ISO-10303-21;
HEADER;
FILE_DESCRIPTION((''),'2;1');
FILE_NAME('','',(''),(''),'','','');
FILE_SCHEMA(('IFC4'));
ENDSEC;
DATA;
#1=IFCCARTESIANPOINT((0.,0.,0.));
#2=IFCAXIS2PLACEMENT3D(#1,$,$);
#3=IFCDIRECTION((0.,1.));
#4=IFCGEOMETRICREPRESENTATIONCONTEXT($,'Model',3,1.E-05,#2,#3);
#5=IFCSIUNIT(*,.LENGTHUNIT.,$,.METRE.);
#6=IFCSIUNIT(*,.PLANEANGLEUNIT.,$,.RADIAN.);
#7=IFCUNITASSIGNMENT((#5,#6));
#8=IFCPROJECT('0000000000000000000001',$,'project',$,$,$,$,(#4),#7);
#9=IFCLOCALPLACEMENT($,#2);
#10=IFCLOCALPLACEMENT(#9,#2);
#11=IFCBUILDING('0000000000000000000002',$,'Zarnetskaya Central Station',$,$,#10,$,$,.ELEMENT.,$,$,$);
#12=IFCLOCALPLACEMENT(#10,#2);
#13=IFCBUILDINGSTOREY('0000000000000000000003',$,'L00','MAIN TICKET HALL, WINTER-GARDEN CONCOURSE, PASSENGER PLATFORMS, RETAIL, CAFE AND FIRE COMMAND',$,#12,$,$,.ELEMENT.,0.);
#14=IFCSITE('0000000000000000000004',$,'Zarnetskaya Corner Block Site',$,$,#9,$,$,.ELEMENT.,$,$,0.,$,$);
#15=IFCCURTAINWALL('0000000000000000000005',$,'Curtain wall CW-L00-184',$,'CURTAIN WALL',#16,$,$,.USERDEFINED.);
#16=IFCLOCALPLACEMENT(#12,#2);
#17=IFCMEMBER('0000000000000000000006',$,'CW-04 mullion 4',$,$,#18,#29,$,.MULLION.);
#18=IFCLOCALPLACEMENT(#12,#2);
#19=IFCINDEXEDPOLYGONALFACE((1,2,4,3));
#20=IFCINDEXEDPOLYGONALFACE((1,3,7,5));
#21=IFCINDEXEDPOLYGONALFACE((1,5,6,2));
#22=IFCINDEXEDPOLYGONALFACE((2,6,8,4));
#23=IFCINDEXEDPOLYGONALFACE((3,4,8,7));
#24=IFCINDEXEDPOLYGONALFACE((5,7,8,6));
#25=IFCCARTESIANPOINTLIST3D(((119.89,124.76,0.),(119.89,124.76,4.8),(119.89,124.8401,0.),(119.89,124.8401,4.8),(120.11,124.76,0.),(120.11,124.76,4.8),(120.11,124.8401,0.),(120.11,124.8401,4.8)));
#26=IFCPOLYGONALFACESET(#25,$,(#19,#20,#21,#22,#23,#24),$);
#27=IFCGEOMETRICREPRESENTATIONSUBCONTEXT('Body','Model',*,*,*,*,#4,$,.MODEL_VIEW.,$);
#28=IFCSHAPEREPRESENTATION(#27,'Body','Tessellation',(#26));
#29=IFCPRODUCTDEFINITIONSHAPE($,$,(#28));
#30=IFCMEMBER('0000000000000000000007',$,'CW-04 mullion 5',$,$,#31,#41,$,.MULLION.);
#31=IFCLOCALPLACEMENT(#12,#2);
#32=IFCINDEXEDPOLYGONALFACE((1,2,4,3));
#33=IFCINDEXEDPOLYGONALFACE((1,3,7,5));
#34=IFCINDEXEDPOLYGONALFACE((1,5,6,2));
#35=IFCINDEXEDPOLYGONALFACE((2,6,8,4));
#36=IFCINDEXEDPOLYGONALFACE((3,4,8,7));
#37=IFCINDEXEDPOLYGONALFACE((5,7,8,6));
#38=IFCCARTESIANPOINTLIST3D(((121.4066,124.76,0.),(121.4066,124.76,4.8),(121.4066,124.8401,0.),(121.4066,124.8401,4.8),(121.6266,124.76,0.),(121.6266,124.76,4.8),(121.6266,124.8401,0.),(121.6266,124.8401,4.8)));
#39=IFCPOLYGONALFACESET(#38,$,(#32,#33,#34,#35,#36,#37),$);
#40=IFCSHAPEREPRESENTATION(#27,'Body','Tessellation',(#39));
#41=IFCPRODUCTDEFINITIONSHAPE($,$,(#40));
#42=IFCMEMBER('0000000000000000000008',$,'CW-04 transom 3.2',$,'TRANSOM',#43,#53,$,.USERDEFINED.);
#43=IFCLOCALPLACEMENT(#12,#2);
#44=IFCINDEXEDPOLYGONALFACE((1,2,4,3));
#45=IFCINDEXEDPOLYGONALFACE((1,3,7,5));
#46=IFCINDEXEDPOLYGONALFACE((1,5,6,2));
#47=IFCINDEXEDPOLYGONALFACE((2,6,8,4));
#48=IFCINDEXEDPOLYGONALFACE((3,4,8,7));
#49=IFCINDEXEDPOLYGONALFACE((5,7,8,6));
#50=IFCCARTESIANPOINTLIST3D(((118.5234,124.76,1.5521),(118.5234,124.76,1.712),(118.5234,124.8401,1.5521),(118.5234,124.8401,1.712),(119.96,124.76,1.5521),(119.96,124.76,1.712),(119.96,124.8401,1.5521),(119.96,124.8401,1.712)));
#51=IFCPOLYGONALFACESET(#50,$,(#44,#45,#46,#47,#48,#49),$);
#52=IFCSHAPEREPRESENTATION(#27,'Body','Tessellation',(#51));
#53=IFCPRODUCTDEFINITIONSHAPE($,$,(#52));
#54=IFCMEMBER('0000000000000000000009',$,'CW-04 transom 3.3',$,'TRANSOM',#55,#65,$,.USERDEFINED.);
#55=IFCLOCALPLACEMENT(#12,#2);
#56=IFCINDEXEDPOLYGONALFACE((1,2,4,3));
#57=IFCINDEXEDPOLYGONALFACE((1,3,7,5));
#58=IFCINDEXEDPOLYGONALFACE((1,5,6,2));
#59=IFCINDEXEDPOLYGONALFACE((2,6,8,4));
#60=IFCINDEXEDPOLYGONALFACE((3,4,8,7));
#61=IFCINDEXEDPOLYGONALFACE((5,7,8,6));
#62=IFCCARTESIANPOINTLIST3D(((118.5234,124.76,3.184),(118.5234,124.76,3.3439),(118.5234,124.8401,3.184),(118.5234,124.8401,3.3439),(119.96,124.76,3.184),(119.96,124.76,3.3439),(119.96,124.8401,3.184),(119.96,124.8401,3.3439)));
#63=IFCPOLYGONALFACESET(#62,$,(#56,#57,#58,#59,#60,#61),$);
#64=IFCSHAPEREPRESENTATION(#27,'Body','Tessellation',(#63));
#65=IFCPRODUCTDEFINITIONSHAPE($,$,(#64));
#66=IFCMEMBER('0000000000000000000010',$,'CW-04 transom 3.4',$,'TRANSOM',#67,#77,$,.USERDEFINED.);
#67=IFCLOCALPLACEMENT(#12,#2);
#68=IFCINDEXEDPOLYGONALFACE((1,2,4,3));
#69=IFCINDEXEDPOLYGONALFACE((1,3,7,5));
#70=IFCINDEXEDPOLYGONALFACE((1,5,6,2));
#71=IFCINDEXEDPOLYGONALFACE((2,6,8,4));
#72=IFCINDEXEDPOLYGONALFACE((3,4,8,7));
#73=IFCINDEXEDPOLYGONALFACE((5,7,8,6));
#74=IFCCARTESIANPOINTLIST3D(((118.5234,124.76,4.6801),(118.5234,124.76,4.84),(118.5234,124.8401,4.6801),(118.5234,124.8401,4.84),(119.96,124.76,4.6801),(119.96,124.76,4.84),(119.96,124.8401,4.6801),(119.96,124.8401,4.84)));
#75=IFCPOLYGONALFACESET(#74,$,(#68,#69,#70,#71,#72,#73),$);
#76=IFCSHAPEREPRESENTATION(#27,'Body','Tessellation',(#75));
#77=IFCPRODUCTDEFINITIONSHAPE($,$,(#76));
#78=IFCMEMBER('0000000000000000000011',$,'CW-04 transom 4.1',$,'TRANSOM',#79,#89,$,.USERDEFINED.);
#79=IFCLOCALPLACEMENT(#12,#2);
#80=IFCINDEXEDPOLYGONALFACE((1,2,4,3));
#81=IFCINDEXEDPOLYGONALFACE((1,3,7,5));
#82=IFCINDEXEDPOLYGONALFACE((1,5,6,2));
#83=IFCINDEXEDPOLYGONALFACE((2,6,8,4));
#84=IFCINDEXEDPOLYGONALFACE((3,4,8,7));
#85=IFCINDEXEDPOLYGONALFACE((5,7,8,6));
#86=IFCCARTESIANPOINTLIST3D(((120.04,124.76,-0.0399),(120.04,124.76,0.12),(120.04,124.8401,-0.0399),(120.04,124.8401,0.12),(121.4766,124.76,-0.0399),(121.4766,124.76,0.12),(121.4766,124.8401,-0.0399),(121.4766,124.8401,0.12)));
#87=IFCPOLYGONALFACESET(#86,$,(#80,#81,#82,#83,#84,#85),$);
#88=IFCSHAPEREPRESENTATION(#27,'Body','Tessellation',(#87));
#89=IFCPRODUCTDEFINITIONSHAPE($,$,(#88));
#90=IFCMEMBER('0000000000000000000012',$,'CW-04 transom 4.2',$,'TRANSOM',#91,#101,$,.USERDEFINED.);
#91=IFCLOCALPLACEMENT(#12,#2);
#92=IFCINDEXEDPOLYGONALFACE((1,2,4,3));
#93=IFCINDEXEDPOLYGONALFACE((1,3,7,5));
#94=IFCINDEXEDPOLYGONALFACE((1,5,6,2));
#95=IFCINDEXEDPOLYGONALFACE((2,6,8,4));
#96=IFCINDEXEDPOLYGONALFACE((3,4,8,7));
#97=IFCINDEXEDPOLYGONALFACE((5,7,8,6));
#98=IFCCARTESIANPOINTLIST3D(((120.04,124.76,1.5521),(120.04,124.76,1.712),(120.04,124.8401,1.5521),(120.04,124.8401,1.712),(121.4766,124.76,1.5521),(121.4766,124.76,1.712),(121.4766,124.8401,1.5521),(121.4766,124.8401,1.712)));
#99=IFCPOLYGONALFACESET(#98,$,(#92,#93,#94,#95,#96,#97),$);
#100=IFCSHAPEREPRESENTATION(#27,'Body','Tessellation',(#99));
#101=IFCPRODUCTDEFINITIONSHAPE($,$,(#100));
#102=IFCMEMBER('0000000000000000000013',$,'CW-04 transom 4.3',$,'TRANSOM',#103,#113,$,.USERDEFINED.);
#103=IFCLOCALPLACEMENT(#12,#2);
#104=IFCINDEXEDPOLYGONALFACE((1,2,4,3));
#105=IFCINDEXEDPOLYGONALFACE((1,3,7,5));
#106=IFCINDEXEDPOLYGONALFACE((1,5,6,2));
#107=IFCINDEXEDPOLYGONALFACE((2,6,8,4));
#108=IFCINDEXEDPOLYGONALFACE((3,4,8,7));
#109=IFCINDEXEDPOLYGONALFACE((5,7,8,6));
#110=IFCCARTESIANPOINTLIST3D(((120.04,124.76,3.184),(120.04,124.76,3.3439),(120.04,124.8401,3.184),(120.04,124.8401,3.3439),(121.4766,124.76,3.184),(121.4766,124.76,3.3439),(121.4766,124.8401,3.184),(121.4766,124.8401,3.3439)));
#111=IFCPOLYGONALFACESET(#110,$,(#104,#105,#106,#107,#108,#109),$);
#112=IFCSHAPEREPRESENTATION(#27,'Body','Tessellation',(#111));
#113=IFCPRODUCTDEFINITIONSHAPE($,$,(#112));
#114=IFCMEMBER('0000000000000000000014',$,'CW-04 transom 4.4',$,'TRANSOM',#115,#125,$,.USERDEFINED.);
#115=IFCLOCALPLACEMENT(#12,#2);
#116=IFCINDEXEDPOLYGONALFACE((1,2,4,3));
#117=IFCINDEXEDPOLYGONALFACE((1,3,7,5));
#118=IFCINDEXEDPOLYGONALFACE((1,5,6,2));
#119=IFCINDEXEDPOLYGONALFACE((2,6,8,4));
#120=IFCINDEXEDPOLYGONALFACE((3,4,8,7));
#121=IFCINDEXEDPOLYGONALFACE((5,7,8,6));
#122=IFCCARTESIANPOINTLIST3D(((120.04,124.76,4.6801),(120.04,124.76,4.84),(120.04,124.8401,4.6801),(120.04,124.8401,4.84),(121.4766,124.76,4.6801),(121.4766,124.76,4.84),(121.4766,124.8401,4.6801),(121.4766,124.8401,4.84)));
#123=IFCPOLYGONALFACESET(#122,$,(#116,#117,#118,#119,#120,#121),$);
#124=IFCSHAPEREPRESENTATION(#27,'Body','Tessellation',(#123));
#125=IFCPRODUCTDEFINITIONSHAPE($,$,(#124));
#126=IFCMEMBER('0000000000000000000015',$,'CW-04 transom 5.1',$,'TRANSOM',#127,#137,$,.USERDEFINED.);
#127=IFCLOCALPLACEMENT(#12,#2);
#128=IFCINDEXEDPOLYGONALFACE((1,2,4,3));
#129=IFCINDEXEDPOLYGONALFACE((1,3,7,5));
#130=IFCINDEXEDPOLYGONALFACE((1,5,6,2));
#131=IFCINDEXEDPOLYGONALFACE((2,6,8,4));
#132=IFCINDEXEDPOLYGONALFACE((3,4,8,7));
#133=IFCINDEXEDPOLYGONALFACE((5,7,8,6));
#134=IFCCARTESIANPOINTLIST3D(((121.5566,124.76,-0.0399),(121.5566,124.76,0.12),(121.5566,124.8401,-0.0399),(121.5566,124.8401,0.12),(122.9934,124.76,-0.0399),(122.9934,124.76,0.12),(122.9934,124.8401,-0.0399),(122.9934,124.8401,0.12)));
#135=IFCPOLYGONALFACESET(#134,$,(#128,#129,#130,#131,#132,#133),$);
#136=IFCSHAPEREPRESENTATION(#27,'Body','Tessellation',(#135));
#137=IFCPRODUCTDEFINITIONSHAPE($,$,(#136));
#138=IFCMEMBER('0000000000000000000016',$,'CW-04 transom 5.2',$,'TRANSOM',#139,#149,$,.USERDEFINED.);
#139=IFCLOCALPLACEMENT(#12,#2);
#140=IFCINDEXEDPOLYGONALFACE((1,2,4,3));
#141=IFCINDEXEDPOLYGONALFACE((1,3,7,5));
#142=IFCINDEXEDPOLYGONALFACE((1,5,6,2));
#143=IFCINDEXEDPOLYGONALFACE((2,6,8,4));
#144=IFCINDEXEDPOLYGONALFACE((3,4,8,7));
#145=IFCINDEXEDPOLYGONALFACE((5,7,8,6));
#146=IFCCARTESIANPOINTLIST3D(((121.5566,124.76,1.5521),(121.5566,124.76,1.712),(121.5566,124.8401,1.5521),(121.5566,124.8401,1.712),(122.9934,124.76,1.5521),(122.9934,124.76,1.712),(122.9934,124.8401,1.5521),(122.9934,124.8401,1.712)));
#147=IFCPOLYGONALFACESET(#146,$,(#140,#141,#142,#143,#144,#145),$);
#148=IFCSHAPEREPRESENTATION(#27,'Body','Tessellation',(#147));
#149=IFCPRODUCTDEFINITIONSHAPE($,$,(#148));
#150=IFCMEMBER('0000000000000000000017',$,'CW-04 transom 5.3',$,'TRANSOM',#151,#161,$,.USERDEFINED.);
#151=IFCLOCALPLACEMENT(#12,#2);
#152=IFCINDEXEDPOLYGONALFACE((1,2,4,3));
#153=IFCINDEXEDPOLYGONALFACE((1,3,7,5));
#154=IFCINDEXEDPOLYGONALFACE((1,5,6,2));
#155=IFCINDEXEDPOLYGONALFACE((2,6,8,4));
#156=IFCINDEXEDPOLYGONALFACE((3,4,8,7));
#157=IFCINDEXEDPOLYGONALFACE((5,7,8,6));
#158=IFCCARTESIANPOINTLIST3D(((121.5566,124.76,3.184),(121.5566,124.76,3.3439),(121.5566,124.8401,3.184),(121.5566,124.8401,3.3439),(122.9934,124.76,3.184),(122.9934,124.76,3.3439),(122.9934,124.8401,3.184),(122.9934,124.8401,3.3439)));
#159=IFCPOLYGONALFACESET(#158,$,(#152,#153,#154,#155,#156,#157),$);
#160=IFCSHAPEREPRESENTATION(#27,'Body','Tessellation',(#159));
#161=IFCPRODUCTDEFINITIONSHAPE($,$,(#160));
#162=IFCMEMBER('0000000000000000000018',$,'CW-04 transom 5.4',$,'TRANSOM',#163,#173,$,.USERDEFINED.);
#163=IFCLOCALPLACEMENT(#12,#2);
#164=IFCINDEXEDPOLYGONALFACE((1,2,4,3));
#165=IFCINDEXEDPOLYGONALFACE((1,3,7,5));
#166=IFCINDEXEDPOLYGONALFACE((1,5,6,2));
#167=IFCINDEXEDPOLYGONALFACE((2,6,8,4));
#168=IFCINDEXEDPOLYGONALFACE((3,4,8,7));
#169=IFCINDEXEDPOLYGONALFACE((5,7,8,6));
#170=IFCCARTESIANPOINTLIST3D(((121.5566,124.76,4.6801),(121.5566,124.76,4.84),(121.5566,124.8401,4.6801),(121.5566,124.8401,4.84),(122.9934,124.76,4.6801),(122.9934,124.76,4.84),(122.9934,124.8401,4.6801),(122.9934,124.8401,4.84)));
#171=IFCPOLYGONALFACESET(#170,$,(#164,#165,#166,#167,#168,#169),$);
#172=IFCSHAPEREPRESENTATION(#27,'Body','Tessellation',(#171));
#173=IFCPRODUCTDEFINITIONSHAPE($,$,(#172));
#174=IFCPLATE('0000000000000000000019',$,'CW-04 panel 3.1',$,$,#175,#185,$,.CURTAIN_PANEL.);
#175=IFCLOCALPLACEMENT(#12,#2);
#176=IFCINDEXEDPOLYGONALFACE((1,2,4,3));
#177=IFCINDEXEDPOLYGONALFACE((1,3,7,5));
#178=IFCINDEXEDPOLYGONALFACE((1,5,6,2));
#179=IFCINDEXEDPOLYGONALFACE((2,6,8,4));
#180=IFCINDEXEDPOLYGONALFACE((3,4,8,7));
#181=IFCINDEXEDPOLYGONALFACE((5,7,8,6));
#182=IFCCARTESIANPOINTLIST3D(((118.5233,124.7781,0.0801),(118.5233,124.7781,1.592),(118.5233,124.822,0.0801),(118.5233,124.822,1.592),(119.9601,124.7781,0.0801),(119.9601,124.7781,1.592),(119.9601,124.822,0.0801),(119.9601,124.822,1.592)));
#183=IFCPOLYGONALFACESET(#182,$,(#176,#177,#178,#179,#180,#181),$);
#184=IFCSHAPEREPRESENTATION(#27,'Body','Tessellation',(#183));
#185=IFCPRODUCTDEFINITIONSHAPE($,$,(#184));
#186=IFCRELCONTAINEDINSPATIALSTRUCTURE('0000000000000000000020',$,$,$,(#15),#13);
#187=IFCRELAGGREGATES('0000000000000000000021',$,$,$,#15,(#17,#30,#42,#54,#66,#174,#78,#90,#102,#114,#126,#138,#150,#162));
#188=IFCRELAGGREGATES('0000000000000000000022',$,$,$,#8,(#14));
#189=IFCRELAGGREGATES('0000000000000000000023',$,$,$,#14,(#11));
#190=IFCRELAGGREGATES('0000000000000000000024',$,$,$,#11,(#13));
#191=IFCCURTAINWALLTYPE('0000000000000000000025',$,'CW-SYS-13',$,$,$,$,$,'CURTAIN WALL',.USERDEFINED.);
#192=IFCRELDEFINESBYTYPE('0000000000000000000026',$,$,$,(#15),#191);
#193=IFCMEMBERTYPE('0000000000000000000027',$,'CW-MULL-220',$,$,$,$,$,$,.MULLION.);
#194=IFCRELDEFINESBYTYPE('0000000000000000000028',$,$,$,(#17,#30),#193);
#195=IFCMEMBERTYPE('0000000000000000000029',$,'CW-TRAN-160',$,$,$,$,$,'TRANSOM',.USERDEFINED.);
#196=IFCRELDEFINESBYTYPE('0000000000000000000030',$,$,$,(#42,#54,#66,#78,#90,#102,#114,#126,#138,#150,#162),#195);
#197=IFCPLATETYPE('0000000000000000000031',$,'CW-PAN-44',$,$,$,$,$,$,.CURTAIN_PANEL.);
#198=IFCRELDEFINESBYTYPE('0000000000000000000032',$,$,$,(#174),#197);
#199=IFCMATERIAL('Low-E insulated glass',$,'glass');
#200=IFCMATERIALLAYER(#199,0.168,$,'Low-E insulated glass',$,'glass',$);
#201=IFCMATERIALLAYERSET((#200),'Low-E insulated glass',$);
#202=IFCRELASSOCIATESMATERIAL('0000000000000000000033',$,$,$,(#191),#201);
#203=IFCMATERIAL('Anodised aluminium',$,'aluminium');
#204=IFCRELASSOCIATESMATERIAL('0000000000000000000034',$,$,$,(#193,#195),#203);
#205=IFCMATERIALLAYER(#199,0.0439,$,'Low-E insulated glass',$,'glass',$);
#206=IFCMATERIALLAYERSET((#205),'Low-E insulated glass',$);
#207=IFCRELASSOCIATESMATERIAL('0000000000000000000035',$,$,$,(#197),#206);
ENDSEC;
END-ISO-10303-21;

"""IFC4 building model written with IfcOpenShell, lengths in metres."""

from ifc_helpers import new_model, si_unit, direction, frame, origin, origin_2d, place, context, subcontext, project, spatial, rectangle, extrude, material, layer, layer_set, material_profile, profile_set, type_object, element, aggregate, save


model = new_model("IFC4")

# Units and contexts
model_context = context("Model", 3, precision=1e-05, world=origin(), true_north=direction((0.0, 1.0)))
body_context = subcontext(model_context, "Body", "Model", "MODEL_VIEW")
ifc_project = project(units=[si_unit("LENGTHUNIT", "METRE"), si_unit("PLANEANGLEUNIT", "RADIAN")], contexts=[model_context])

# Site, building, storey
site_placement = place(None, origin())
site = spatial("IfcSite", under=ifc_project, at=site_placement, Name="Zarnetskaya Corner Block Site", CompositionType="ELEMENT", RefElevation=0.0)
building_placement = place(site_placement, origin())
building = spatial("IfcBuilding", under=site, at=building_placement, Name="Zarnetskaya Central Station", CompositionType="ELEMENT")
storey_placement = place(building_placement, origin())
storey = spatial("IfcBuildingStorey", under=building, at=storey_placement, Name="L00", Description="MAIN TICKET HALL, WINTER-GARDEN CONCOURSE, PASSENGER PLATFORMS, RETAIL, CAFE AND FIRE COMMAND", CompositionType="ELEMENT", Elevation=0.0)

# Curtain wall, members, plate
ifc_material_1 = material(Name="Low-E insulated glass", Category="glass")
ifc_layer_1 = layer(ifc_material_1, 0.168, Name="Low-E insulated glass", Category="glass")
ifc_layer_set_1 = layer_set([ifc_layer_1], Name="Low-E insulated glass")
curtain_wall_type = type_object("IfcCurtainWallType", Name="CW-SYS-13", ElementType="CURTAIN WALL", PredefinedType="USERDEFINED", material=ifc_layer_set_1)
curtain_wall_placement = place(storey_placement, origin())
curtain_wall = element("IfcCurtainWall", 1, at=curtain_wall_placement, inside=storey, type_object=curtain_wall_type, Name="Curtain wall CW-L00-184", ObjectType="CURTAIN WALL", PredefinedType="USERDEFINED")
ifc_material_2 = material(Name="Anodised aluminium", Category="aluminium")
ifc_material_profile_1 = material_profile(ifc_material_2, rectangle(XDim=0.0801, YDim=0.22, at=origin_2d()), Name="ALU MULL 80x220")
ifc_profile_set_1 = profile_set([ifc_material_profile_1], Name="Anodised aluminium")
member_type_1 = type_object("IfcMemberType", Name="CW-MULL-220", PredefinedType="MULLION", material=ifc_profile_set_1)
member_1_placement = place(storey_placement, frame((120.0, 124.8, 0.0), z_axis=(0.0, 0.0, 1.0), x_axis=(0.0, 1.0, 0.0)))
member_1 = element("IfcMember", 2, at=member_1_placement, type_object=member_type_1, Name="CW-04 mullion 4", PredefinedType="MULLION", context=body_context, shape_type="SweptSolid", body=[
    extrude(rectangle(XDim=0.0801, YDim=0.22, at=origin_2d()), origin(), (0.0, 0.0, 1.0), 4.8),
])
member_2_placement = place(storey_placement, frame((121.5166, 124.8, 0.0), z_axis=(0.0, 0.0, 1.0), x_axis=(0.0, 1.0, 0.0)))
member_2 = element("IfcMember", 3, at=member_2_placement, type_object=member_type_1, Name="CW-04 mullion 5", PredefinedType="MULLION", context=body_context, shape_type="SweptSolid", body=[
    extrude(rectangle(XDim=0.0801, YDim=0.22, at=origin_2d()), origin(), (0.0, 0.0, 1.0), 4.8),
])
ifc_material_profile_2 = material_profile(ifc_material_2, rectangle(XDim=0.0801, YDim=0.1599, at=origin_2d()), Name="ALU TRAN 80x160")
ifc_profile_set_2 = profile_set([ifc_material_profile_2], Name="Anodised aluminium")
member_type_2 = type_object("IfcMemberType", Name="CW-TRAN-160", ElementType="TRANSOM", PredefinedType="USERDEFINED", material=ifc_profile_set_2)
member_3_placement = place(storey_placement, frame((118.5234, 124.8, 1.6321), z_axis=(1.0, 0.0, 0.0), x_axis=(0.0, 1.0, 0.0)))
member_3 = element("IfcMember", 4, at=member_3_placement, type_object=member_type_2, Name="CW-04 transom 3.2", ObjectType="TRANSOM", PredefinedType="USERDEFINED", context=body_context, shape_type="SweptSolid", body=[
    extrude(rectangle(XDim=0.0801, YDim=0.1599, at=origin_2d()), origin(), (0.0, 0.0, 1.0), 1.4365),
])
member_4_placement = place(storey_placement, frame((118.5234, 124.8, 3.2639), z_axis=(1.0, 0.0, 0.0), x_axis=(0.0, 1.0, 0.0)))
member_4 = element("IfcMember", 5, at=member_4_placement, type_object=member_type_2, Name="CW-04 transom 3.3", ObjectType="TRANSOM", PredefinedType="USERDEFINED", context=body_context, shape_type="SweptSolid", body=[
    extrude(rectangle(XDim=0.0801, YDim=0.1599, at=origin_2d()), origin(), (0.0, 0.0, 1.0), 1.4365),
])
member_5_placement = place(storey_placement, frame((118.5234, 124.8, 4.76), z_axis=(1.0, 0.0, 0.0), x_axis=(0.0, 1.0, 0.0)))
member_5 = element("IfcMember", 6, at=member_5_placement, type_object=member_type_2, Name="CW-04 transom 3.4", ObjectType="TRANSOM", PredefinedType="USERDEFINED", context=body_context, shape_type="SweptSolid", body=[
    extrude(rectangle(XDim=0.0801, YDim=0.1599, at=origin_2d()), origin(), (0.0, 0.0, 1.0), 1.4365),
])
member_6_placement = place(storey_placement, frame((120.04, 124.8, 0.04), z_axis=(1.0, 0.0, 0.0), x_axis=(0.0, 1.0, 0.0)))
member_6 = element("IfcMember", 7, at=member_6_placement, type_object=member_type_2, Name="CW-04 transom 4.1", ObjectType="TRANSOM", PredefinedType="USERDEFINED", context=body_context, shape_type="SweptSolid", body=[
    extrude(rectangle(XDim=0.0801, YDim=0.1599, at=origin_2d()), origin(), (0.0, 0.0, 1.0), 1.4365),
])
member_7_placement = place(storey_placement, frame((120.04, 124.8, 1.6321), z_axis=(1.0, 0.0, 0.0), x_axis=(0.0, 1.0, 0.0)))
member_7 = element("IfcMember", 8, at=member_7_placement, type_object=member_type_2, Name="CW-04 transom 4.2", ObjectType="TRANSOM", PredefinedType="USERDEFINED", context=body_context, shape_type="SweptSolid", body=[
    extrude(rectangle(XDim=0.0801, YDim=0.1599, at=origin_2d()), origin(), (0.0, 0.0, 1.0), 1.4365),
])
member_8_placement = place(storey_placement, frame((120.04, 124.8, 3.2639), z_axis=(1.0, 0.0, 0.0), x_axis=(0.0, 1.0, 0.0)))
member_8 = element("IfcMember", 9, at=member_8_placement, type_object=member_type_2, Name="CW-04 transom 4.3", ObjectType="TRANSOM", PredefinedType="USERDEFINED", context=body_context, shape_type="SweptSolid", body=[
    extrude(rectangle(XDim=0.0801, YDim=0.1599, at=origin_2d()), origin(), (0.0, 0.0, 1.0), 1.4365),
])
member_9_placement = place(storey_placement, frame((120.04, 124.8, 4.76), z_axis=(1.0, 0.0, 0.0), x_axis=(0.0, 1.0, 0.0)))
member_9 = element("IfcMember", 10, at=member_9_placement, type_object=member_type_2, Name="CW-04 transom 4.4", ObjectType="TRANSOM", PredefinedType="USERDEFINED", context=body_context, shape_type="SweptSolid", body=[
    extrude(rectangle(XDim=0.0801, YDim=0.1599, at=origin_2d()), origin(), (0.0, 0.0, 1.0), 1.4365),
])
member_10_placement = place(storey_placement, frame((121.5566, 124.8, 0.04), z_axis=(1.0, 0.0, 0.0), x_axis=(0.0, 1.0, 0.0)))
member_10 = element("IfcMember", 11, at=member_10_placement, type_object=member_type_2, Name="CW-04 transom 5.1", ObjectType="TRANSOM", PredefinedType="USERDEFINED", context=body_context, shape_type="SweptSolid", body=[
    extrude(rectangle(XDim=0.0801, YDim=0.1599, at=origin_2d()), origin(), (0.0, 0.0, 1.0), 1.4368),
])
member_11_placement = place(storey_placement, frame((121.5566, 124.8, 1.6321), z_axis=(1.0, 0.0, 0.0), x_axis=(0.0, 1.0, 0.0)))
member_11 = element("IfcMember", 12, at=member_11_placement, type_object=member_type_2, Name="CW-04 transom 5.2", ObjectType="TRANSOM", PredefinedType="USERDEFINED", context=body_context, shape_type="SweptSolid", body=[
    extrude(rectangle(XDim=0.0801, YDim=0.1599, at=origin_2d()), origin(), (0.0, 0.0, 1.0), 1.4368),
])
member_12_placement = place(storey_placement, frame((121.5566, 124.8, 3.2639), z_axis=(1.0, 0.0, 0.0), x_axis=(0.0, 1.0, 0.0)))
member_12 = element("IfcMember", 13, at=member_12_placement, type_object=member_type_2, Name="CW-04 transom 5.3", ObjectType="TRANSOM", PredefinedType="USERDEFINED", context=body_context, shape_type="SweptSolid", body=[
    extrude(rectangle(XDim=0.0801, YDim=0.1599, at=origin_2d()), origin(), (0.0, 0.0, 1.0), 1.4368),
])
member_13_placement = place(storey_placement, frame((121.5566, 124.8, 4.76), z_axis=(1.0, 0.0, 0.0), x_axis=(0.0, 1.0, 0.0)))
member_13 = element("IfcMember", 14, at=member_13_placement, type_object=member_type_2, Name="CW-04 transom 5.4", ObjectType="TRANSOM", PredefinedType="USERDEFINED", context=body_context, shape_type="SweptSolid", body=[
    extrude(rectangle(XDim=0.0801, YDim=0.1599, at=origin_2d()), origin(), (0.0, 0.0, 1.0), 1.4368),
])
ifc_layer_2 = layer(ifc_material_1, 0.0439, Name="Low-E insulated glass", Category="glass")
ifc_layer_set_2 = layer_set([ifc_layer_2], Name="Low-E insulated glass")
plate_type = type_object("IfcPlateType", Name="CW-PAN-44", PredefinedType="CURTAIN_PANEL", material=ifc_layer_set_2)
plate_1_placement = place(storey_placement, frame((119.2417, 124.8, 0.0801), z_axis=(0.0, 0.0, 1.0), x_axis=(1.0, 0.0, 0.0)))
plate_1 = element("IfcPlate", 15, at=plate_1_placement, type_object=plate_type, Name="CW-04 panel 3.1", PredefinedType="CURTAIN_PANEL", context=body_context, shape_type="SweptSolid", body=[
    extrude(rectangle(XDim=1.4368, YDim=0.0439, at=origin_2d()), origin(), (0.0, 0.0, 1.0), 1.512),
])
aggregate(curtain_wall, [member_1, member_2, member_3, member_4, member_5, plate_1, member_6, member_7, member_8, member_9, member_10, member_11, member_12, member_13])

save(model, "model.ifc")
